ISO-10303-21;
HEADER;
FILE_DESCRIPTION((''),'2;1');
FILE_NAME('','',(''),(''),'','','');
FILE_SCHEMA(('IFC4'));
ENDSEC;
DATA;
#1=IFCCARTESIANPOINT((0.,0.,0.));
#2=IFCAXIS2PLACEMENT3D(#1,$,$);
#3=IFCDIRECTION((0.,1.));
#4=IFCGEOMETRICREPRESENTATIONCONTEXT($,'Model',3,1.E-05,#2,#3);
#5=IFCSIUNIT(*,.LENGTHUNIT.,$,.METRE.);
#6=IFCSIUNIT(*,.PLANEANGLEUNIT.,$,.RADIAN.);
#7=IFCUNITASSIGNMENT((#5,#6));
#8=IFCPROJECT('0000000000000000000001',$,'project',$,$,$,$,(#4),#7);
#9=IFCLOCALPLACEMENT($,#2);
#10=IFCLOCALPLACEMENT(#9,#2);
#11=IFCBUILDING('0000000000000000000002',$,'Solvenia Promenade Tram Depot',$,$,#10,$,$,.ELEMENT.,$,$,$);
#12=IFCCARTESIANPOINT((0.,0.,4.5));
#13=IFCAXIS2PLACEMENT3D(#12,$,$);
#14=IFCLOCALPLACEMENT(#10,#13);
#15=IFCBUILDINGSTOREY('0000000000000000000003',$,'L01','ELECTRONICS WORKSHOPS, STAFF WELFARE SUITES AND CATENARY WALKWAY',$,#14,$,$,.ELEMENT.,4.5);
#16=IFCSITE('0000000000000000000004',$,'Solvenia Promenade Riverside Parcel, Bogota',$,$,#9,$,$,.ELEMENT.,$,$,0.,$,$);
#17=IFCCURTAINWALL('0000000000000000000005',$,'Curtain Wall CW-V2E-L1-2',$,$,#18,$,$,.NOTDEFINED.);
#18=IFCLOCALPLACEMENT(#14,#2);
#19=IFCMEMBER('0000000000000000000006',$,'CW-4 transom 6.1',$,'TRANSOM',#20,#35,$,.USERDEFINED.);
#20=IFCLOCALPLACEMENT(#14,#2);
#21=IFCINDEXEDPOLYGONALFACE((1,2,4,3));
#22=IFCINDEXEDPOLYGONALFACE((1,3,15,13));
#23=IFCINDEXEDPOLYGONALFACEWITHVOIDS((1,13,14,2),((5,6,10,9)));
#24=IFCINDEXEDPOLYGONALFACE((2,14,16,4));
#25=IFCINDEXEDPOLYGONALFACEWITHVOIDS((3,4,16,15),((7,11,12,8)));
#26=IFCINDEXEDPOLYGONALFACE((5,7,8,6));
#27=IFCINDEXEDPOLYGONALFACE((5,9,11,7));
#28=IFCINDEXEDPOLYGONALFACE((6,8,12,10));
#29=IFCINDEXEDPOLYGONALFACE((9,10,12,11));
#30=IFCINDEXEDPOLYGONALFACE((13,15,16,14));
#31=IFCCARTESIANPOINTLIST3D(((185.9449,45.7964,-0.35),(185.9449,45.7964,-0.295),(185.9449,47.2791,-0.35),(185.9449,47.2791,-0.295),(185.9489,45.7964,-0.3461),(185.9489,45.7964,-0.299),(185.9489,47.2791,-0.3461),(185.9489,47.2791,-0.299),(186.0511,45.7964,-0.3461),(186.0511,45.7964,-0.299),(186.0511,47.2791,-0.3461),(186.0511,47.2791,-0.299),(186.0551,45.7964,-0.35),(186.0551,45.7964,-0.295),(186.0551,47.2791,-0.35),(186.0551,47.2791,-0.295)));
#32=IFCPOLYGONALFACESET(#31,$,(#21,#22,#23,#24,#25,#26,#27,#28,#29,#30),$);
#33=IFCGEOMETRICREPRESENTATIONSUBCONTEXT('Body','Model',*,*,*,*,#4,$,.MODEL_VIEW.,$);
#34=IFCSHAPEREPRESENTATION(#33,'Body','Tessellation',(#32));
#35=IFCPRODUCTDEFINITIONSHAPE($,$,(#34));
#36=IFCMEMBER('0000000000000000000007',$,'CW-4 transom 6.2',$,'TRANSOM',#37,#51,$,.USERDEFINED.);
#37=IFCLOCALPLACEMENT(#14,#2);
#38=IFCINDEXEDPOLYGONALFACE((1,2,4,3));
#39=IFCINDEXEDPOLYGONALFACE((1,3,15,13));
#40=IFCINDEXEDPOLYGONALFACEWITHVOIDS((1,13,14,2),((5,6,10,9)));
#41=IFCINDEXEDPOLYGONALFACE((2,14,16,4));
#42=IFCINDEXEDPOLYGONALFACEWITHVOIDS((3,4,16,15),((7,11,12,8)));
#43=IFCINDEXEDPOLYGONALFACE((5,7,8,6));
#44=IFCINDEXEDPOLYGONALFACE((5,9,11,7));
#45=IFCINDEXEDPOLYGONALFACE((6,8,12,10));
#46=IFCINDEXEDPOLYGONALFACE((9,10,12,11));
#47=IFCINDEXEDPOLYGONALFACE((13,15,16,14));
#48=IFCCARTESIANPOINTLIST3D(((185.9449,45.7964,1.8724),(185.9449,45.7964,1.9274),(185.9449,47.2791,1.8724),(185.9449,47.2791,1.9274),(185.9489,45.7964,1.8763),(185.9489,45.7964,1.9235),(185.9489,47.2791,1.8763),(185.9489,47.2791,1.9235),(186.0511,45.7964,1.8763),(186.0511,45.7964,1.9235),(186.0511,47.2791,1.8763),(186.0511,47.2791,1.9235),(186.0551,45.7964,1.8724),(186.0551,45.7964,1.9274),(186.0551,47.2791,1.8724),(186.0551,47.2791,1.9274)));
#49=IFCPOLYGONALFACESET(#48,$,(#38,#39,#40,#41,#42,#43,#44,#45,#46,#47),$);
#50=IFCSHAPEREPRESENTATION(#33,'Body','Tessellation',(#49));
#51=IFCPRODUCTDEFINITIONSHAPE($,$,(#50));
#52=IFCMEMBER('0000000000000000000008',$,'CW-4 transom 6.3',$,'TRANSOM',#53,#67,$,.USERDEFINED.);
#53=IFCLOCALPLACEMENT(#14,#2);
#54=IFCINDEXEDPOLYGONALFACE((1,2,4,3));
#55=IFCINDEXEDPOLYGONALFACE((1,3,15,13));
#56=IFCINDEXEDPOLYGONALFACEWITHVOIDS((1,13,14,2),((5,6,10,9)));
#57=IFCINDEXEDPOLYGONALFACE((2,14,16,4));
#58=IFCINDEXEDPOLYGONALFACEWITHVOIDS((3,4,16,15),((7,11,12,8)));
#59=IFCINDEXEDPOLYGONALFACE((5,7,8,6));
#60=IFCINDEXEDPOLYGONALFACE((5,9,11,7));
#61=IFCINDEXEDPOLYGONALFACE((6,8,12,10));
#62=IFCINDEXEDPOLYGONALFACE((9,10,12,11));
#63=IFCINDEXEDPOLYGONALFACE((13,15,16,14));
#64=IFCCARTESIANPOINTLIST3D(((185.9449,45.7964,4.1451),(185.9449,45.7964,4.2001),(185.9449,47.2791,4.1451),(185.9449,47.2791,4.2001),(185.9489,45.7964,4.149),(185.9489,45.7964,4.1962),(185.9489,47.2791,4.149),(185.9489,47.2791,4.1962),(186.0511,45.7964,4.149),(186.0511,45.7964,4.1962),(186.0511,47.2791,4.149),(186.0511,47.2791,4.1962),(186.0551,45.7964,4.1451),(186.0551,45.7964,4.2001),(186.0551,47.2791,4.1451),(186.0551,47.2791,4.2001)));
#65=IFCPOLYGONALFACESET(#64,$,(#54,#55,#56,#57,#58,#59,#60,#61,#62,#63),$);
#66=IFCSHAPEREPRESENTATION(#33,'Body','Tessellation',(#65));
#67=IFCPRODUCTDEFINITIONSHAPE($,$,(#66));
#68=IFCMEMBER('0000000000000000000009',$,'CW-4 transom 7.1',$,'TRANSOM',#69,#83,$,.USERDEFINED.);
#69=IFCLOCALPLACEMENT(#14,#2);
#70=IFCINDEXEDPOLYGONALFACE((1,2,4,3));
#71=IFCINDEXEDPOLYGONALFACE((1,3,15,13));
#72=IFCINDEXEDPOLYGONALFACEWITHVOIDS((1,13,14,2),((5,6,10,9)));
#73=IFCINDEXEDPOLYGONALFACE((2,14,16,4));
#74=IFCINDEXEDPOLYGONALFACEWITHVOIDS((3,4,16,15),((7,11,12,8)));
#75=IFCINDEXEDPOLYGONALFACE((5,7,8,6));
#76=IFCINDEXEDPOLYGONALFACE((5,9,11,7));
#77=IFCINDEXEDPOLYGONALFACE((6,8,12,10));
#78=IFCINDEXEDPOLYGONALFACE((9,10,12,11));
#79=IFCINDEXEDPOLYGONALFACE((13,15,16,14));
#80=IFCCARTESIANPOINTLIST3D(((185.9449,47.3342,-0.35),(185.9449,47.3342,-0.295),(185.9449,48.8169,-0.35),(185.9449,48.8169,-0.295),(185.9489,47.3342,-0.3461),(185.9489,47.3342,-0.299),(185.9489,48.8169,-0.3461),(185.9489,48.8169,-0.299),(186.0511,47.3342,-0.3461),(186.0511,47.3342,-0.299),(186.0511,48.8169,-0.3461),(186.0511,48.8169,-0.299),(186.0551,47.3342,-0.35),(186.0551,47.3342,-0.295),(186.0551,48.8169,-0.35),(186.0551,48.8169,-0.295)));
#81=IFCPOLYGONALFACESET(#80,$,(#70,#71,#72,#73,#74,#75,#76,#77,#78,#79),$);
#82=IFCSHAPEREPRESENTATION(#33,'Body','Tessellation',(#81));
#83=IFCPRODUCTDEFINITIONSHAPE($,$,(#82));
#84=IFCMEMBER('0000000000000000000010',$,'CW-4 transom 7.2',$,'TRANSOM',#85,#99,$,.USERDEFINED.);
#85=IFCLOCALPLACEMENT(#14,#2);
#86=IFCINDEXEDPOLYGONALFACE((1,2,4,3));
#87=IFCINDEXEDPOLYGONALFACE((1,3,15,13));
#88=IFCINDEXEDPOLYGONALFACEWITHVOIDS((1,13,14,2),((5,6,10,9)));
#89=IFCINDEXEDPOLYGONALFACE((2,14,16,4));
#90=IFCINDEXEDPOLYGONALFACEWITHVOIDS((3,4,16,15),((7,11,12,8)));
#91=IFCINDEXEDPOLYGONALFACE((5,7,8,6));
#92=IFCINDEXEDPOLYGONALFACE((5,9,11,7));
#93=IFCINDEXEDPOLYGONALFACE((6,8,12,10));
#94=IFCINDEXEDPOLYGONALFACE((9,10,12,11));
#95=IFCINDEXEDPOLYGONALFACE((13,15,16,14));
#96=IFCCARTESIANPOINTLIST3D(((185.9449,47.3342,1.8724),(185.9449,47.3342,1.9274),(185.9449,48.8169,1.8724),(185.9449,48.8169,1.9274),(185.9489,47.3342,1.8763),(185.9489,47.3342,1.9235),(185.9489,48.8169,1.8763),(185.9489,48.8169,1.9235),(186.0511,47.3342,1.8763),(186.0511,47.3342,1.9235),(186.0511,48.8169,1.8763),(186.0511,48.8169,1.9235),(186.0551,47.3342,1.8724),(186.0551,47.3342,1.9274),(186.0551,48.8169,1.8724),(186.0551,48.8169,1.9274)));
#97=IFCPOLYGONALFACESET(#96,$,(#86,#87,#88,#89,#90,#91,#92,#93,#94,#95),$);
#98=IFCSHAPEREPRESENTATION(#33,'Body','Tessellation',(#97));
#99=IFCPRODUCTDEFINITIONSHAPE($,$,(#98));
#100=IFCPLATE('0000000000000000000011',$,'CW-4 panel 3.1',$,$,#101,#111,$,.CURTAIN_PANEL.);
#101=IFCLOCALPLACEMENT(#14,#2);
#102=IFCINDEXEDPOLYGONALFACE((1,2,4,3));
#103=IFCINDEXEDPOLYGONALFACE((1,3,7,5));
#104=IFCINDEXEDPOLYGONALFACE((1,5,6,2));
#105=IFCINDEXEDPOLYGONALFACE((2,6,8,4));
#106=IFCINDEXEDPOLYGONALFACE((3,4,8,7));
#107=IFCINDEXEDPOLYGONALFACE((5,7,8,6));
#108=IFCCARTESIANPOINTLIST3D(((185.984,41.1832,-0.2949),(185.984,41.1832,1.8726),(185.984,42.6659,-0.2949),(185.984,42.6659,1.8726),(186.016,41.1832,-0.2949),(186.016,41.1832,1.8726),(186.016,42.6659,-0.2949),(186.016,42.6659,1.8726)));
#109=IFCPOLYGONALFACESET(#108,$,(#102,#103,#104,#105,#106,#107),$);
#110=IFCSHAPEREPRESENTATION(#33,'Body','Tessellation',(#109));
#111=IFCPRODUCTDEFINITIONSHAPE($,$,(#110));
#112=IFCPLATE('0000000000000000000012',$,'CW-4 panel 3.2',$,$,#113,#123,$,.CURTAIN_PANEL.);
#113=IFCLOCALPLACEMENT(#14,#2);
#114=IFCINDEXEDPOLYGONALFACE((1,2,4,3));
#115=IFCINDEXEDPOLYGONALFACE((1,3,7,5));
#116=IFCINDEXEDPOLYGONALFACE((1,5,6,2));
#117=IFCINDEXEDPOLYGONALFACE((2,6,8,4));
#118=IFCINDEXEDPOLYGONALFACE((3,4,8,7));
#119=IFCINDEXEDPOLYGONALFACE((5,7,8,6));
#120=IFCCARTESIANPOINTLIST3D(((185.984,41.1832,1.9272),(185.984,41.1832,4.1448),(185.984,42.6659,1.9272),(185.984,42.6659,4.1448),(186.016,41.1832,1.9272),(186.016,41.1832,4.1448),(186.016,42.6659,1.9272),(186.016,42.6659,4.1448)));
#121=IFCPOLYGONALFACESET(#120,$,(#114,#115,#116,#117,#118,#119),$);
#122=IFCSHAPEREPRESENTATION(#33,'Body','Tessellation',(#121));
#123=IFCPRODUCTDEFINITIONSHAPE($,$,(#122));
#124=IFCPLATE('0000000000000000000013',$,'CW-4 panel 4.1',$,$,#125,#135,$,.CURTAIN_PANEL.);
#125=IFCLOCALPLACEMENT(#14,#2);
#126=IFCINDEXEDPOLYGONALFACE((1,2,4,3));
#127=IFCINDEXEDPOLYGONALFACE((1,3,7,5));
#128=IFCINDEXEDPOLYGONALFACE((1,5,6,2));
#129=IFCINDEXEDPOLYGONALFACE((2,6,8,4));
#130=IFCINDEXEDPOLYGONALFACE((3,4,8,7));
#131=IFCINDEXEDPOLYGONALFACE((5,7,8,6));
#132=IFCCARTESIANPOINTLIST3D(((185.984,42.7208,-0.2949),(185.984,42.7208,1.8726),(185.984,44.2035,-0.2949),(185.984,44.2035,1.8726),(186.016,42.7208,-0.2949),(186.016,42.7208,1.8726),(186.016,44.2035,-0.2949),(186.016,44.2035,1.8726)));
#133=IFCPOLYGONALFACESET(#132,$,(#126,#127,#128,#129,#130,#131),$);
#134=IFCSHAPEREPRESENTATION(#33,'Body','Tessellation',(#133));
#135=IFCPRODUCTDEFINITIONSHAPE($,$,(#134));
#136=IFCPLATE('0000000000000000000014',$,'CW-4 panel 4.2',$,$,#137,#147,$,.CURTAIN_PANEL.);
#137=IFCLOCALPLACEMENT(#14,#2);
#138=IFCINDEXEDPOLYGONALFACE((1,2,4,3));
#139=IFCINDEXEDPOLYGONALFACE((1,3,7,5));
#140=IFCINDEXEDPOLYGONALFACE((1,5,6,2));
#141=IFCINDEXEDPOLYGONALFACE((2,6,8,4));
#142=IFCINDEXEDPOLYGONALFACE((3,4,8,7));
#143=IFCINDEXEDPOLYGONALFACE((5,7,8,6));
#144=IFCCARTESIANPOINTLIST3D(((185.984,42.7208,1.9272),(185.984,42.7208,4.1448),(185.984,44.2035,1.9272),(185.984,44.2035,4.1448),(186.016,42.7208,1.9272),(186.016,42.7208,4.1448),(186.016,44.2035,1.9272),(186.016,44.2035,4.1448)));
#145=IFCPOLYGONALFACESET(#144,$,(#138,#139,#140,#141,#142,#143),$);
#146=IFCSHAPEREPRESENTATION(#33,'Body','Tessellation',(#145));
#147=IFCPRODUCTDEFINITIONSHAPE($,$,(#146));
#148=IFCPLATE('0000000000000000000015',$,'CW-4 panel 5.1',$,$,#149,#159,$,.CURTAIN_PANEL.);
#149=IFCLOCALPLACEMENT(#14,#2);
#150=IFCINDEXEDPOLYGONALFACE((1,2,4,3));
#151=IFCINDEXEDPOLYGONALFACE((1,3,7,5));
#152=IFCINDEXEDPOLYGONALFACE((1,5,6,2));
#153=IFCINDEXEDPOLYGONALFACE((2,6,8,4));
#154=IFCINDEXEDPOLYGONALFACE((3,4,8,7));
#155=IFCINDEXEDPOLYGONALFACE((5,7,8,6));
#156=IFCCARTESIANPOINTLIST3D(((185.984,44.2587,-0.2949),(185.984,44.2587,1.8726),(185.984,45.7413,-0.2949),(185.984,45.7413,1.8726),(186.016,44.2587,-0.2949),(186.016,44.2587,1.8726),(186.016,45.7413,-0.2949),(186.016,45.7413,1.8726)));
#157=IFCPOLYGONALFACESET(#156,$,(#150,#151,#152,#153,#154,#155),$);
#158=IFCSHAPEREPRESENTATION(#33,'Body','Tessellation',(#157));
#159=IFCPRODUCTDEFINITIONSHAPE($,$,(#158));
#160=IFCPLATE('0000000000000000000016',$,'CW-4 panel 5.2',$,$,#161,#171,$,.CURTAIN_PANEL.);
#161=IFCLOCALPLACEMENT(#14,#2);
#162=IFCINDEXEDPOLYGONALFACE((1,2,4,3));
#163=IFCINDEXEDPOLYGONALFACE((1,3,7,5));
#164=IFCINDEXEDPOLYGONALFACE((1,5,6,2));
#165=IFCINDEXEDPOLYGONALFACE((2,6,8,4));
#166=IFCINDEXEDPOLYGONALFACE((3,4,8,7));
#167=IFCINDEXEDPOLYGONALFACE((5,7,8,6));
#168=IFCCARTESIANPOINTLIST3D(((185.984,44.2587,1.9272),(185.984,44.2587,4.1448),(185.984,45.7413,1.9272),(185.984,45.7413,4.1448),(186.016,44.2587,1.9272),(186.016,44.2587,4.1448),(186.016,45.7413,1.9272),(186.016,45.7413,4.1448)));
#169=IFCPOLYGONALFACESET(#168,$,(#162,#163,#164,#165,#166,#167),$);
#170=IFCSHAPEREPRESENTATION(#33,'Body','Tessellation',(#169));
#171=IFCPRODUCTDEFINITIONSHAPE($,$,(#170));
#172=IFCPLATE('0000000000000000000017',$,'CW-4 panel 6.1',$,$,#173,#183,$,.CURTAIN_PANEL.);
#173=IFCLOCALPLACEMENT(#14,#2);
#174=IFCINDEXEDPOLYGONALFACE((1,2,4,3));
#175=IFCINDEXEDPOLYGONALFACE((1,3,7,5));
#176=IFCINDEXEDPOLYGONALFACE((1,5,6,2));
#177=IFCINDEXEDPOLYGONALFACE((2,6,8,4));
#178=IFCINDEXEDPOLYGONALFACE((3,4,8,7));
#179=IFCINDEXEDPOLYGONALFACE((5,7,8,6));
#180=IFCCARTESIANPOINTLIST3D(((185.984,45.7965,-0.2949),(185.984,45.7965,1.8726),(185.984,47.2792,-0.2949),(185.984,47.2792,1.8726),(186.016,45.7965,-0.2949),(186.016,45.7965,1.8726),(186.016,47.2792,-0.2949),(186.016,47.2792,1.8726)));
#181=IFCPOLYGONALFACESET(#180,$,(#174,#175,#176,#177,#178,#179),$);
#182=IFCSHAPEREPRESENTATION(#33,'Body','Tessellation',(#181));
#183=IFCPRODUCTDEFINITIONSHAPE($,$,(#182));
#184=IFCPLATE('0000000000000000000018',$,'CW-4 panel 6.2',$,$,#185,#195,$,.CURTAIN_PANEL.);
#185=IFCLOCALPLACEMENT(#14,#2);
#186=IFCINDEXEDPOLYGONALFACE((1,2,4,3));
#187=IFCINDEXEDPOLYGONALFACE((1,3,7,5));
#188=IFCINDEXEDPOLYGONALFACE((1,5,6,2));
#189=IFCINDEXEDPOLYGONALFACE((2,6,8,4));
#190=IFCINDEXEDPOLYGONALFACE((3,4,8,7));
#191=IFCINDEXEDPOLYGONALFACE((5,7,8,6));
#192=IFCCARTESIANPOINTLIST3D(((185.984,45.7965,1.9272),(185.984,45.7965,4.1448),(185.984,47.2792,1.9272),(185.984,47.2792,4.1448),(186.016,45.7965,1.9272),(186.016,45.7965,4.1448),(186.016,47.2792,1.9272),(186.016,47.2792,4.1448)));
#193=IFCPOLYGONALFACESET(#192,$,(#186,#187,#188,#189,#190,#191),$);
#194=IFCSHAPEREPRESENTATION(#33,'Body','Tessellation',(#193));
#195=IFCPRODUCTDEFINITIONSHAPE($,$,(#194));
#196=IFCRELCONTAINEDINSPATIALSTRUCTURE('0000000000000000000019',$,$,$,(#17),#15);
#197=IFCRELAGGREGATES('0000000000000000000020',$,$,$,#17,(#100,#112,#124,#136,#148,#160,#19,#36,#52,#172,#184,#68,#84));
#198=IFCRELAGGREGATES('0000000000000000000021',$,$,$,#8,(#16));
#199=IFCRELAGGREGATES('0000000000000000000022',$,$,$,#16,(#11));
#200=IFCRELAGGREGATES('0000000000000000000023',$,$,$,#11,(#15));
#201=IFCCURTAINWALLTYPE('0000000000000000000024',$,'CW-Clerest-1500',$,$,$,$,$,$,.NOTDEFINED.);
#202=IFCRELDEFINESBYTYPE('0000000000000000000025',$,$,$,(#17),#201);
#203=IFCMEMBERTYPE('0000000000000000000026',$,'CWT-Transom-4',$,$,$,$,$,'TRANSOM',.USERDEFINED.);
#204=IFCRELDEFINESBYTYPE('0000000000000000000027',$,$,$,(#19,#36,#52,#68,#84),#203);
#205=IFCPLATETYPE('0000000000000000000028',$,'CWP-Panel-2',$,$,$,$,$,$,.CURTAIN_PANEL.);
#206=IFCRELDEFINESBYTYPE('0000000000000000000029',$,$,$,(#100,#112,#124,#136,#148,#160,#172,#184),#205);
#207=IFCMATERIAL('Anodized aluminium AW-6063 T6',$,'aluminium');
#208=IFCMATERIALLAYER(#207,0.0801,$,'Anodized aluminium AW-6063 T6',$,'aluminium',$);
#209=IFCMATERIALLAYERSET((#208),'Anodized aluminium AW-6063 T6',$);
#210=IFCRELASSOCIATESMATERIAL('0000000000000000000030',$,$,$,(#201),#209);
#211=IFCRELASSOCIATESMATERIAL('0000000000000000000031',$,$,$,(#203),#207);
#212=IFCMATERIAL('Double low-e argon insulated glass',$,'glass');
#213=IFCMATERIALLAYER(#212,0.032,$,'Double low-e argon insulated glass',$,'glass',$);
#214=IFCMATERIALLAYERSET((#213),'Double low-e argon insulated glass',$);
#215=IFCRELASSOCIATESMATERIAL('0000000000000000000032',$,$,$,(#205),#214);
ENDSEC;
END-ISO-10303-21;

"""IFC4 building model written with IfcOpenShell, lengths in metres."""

from ifc_helpers import new_model, si_unit, direction, frame, origin, origin_2d, place, context, subcontext, project, spatial, rectangle, hollow_rectangle, extrude, material, layer, layer_set, material_profile, profile_set, type_object, element, aggregate, save


model = new_model("IFC4")

# Units and contexts
model_context = context("Model", 3, precision=1e-05, world=origin(), true_north=direction((0.0, 1.0)))
body_context = subcontext(model_context, "Body", "Model", "MODEL_VIEW")
ifc_project = project(units=[si_unit("LENGTHUNIT", "METRE"), si_unit("PLANEANGLEUNIT", "RADIAN")], contexts=[model_context])

# Site, building, storey
site_placement = place(None, origin())
site = spatial("IfcSite", under=ifc_project, at=site_placement, Name="Solvenia Promenade Riverside Parcel, Bogota", CompositionType="ELEMENT", RefElevation=0.0)
building_placement = place(site_placement, origin())
building = spatial("IfcBuilding", under=site, at=building_placement, Name="Solvenia Promenade Tram Depot", CompositionType="ELEMENT")
storey_placement = place(building_placement, frame((0.0, 0.0, 4.5)))
storey = spatial("IfcBuildingStorey", under=building, at=storey_placement, Name="L01", Description="ELECTRONICS WORKSHOPS, STAFF WELFARE SUITES AND CATENARY WALKWAY", CompositionType="ELEMENT", Elevation=4.5)

# Curtain wall, members, plates
ifc_material_1 = material(Name="Anodized aluminium AW-6063 T6", Category="aluminium")
ifc_layer_1 = layer(ifc_material_1, 0.0801, Name="Anodized aluminium AW-6063 T6", Category="aluminium")
ifc_layer_set_1 = layer_set([ifc_layer_1], Name="Anodized aluminium AW-6063 T6")
curtain_wall_type = type_object("IfcCurtainWallType", Name="CW-Clerest-1500", PredefinedType="NOTDEFINED", material=ifc_layer_set_1)
curtain_wall_placement = place(storey_placement, origin())
curtain_wall = element("IfcCurtainWall", 1, at=curtain_wall_placement, inside=storey, type_object=curtain_wall_type, Name="Curtain Wall CW-V2E-L1-2", PredefinedType="NOTDEFINED")
ifc_material_profile_1 = material_profile(ifc_material_1, hollow_rectangle(XDim=0.1101, YDim=0.0549, WallThickness=0.0039, at=origin_2d()), Name="ALU-T4", Category="aluminium")
ifc_profile_set_1 = profile_set([ifc_material_profile_1], Name="Anodized aluminium AW-6063 T6")
member_type_1 = type_object("IfcMemberType", Name="CWT-Transom-4", ElementType="TRANSOM", PredefinedType="USERDEFINED", material=ifc_profile_set_1)
member_1_placement = place(storey_placement, frame((186.0, 45.7964, -0.3225), z_axis=(0.0, 1.0, 0.0), x_axis=(-1.0, 0.0, 0.0)))
member_1 = element("IfcMember", 2, at=member_1_placement, type_object=member_type_1, Name="CW-4 transom 6.1", ObjectType="TRANSOM", PredefinedType="USERDEFINED", context=body_context, shape_type="SweptSolid", body=[
    extrude(hollow_rectangle(XDim=0.1101, YDim=0.0549, WallThickness=0.0039, at=origin_2d()), origin(), (0.0, 0.0, 1.0), 1.4827),
])
member_2_placement = place(storey_placement, frame((186.0, 45.7964, 1.8999), z_axis=(0.0, 1.0, 0.0), x_axis=(-1.0, 0.0, 0.0)))
member_2 = element("IfcMember", 3, at=member_2_placement, type_object=member_type_1, Name="CW-4 transom 6.2", ObjectType="TRANSOM", PredefinedType="USERDEFINED", context=body_context, shape_type="SweptSolid", body=[
    extrude(hollow_rectangle(XDim=0.1101, YDim=0.0549, WallThickness=0.0039, at=origin_2d()), origin(), (0.0, 0.0, 1.0), 1.4827),
])
member_3_placement = place(storey_placement, frame((186.0, 45.7964, 4.1726), z_axis=(0.0, 1.0, 0.0), x_axis=(-1.0, 0.0, 0.0)))
member_3 = element("IfcMember", 4, at=member_3_placement, type_object=member_type_1, Name="CW-4 transom 6.3", ObjectType="TRANSOM", PredefinedType="USERDEFINED", context=body_context, shape_type="SweptSolid", body=[
    extrude(hollow_rectangle(XDim=0.1101, YDim=0.0549, WallThickness=0.0039, at=origin_2d()), origin(), (0.0, 0.0, 1.0), 1.4827),
])
member_4_placement = place(storey_placement, frame((186.0, 47.3342, -0.3225), z_axis=(0.0, 1.0, 0.0), x_axis=(-1.0, 0.0, 0.0)))
member_4 = element("IfcMember", 5, at=member_4_placement, type_object=member_type_1, Name="CW-4 transom 7.1", ObjectType="TRANSOM", PredefinedType="USERDEFINED", context=body_context, shape_type="SweptSolid", body=[
    extrude(hollow_rectangle(XDim=0.1101, YDim=0.0549, WallThickness=0.0039, at=origin_2d()), origin(), (0.0, 0.0, 1.0), 1.4827),
])
member_5_placement = place(storey_placement, frame((186.0, 47.3342, 1.8999), z_axis=(0.0, 1.0, 0.0), x_axis=(-1.0, 0.0, 0.0)))
member_5 = element("IfcMember", 6, at=member_5_placement, type_object=member_type_1, Name="CW-4 transom 7.2", ObjectType="TRANSOM", PredefinedType="USERDEFINED", context=body_context, shape_type="SweptSolid", body=[
    extrude(hollow_rectangle(XDim=0.1101, YDim=0.0549, WallThickness=0.0039, at=origin_2d()), origin(), (0.0, 0.0, 1.0), 1.4827),
])
ifc_material_2 = material(Name="Double low-e argon insulated glass", Category="glass")
ifc_layer_2 = layer(ifc_material_2, 0.032, Name="Double low-e argon insulated glass", Category="glass")
ifc_layer_set_2 = layer_set([ifc_layer_2], Name="Double low-e argon insulated glass")
plate_type = type_object("IfcPlateType", Name="CWP-Panel-2", PredefinedType="CURTAIN_PANEL", material=ifc_layer_set_2)
plate_1_placement = place(storey_placement, frame((186.0, 41.9246, -0.2949), z_axis=(0.0, 0.0, 1.0), x_axis=(0.0, 1.0, 0.0)))
plate_1 = element("IfcPlate", 7, at=plate_1_placement, type_object=plate_type, Name="CW-4 panel 3.1", PredefinedType="CURTAIN_PANEL", context=body_context, shape_type="SweptSolid", body=[
    extrude(rectangle(XDim=1.4827, YDim=0.032, at=origin_2d()), origin(), (0.0, 0.0, 1.0), 2.1675),
])
plate_2_placement = place(storey_placement, frame((186.0, 41.9246, 1.9272), z_axis=(0.0, 0.0, 1.0), x_axis=(0.0, 1.0, 0.0)))
plate_2 = element("IfcPlate", 8, at=plate_2_placement, type_object=plate_type, Name="CW-4 panel 3.2", PredefinedType="CURTAIN_PANEL", context=body_context, shape_type="SweptSolid", body=[
    extrude(rectangle(XDim=1.4827, YDim=0.032, at=origin_2d()), origin(), (0.0, 0.0, 1.0), 2.2175),
])
plate_3_placement = place(storey_placement, frame((186.0, 43.4622, -0.2949), z_axis=(0.0, 0.0, 1.0), x_axis=(0.0, 1.0, 0.0)))
plate_3 = element("IfcPlate", 9, at=plate_3_placement, type_object=plate_type, Name="CW-4 panel 4.1", PredefinedType="CURTAIN_PANEL", context=body_context, shape_type="SweptSolid", body=[
    extrude(rectangle(XDim=1.4827, YDim=0.032, at=origin_2d()), origin(), (0.0, 0.0, 1.0), 2.1675),
])
plate_4_placement = place(storey_placement, frame((186.0, 43.4622, 1.9272), z_axis=(0.0, 0.0, 1.0), x_axis=(0.0, 1.0, 0.0)))
plate_4 = element("IfcPlate", 10, at=plate_4_placement, type_object=plate_type, Name="CW-4 panel 4.2", PredefinedType="CURTAIN_PANEL", context=body_context, shape_type="SweptSolid", body=[
    extrude(rectangle(XDim=1.4827, YDim=0.032, at=origin_2d()), origin(), (0.0, 0.0, 1.0), 2.2175),
])
plate_5_placement = place(storey_placement, frame((186.0, 45.0, -0.2949), z_axis=(0.0, 0.0, 1.0), x_axis=(0.0, 1.0, 0.0)))
plate_5 = element("IfcPlate", 11, at=plate_5_placement, type_object=plate_type, Name="CW-4 panel 5.1", PredefinedType="CURTAIN_PANEL", context=body_context, shape_type="SweptSolid", body=[
    extrude(rectangle(XDim=1.4827, YDim=0.032, at=origin_2d()), origin(), (0.0, 0.0, 1.0), 2.1675),
])
plate_6_placement = place(storey_placement, frame((186.0, 45.0, 1.9272), z_axis=(0.0, 0.0, 1.0), x_axis=(0.0, 1.0, 0.0)))
plate_6 = element("IfcPlate", 12, at=plate_6_placement, type_object=plate_type, Name="CW-4 panel 5.2", PredefinedType="CURTAIN_PANEL", context=body_context, shape_type="SweptSolid", body=[
    extrude(rectangle(XDim=1.4827, YDim=0.032, at=origin_2d()), origin(), (0.0, 0.0, 1.0), 2.2175),
])
plate_7_placement = place(storey_placement, frame((186.0, 46.5378, -0.2949), z_axis=(0.0, 0.0, 1.0), x_axis=(0.0, 1.0, 0.0)))
plate_7 = element("IfcPlate", 13, at=plate_7_placement, type_object=plate_type, Name="CW-4 panel 6.1", PredefinedType="CURTAIN_PANEL", context=body_context, shape_type="SweptSolid", body=[
    extrude(rectangle(XDim=1.4827, YDim=0.032, at=origin_2d()), origin(), (0.0, 0.0, 1.0), 2.1675),
])
plate_8_placement = place(storey_placement, frame((186.0, 46.5378, 1.9272), z_axis=(0.0, 0.0, 1.0), x_axis=(0.0, 1.0, 0.0)))
plate_8 = element("IfcPlate", 14, at=plate_8_placement, type_object=plate_type, Name="CW-4 panel 6.2", PredefinedType="CURTAIN_PANEL", context=body_context, shape_type="SweptSolid", body=[
    extrude(rectangle(XDim=1.4827, YDim=0.032, at=origin_2d()), origin(), (0.0, 0.0, 1.0), 2.2175),
])
aggregate(curtain_wall, [plate_1, plate_2, plate_3, plate_4, plate_5, plate_6, member_1, member_2, member_3, plate_7, plate_8, member_4, member_5])

save(model, "model.ifc")
